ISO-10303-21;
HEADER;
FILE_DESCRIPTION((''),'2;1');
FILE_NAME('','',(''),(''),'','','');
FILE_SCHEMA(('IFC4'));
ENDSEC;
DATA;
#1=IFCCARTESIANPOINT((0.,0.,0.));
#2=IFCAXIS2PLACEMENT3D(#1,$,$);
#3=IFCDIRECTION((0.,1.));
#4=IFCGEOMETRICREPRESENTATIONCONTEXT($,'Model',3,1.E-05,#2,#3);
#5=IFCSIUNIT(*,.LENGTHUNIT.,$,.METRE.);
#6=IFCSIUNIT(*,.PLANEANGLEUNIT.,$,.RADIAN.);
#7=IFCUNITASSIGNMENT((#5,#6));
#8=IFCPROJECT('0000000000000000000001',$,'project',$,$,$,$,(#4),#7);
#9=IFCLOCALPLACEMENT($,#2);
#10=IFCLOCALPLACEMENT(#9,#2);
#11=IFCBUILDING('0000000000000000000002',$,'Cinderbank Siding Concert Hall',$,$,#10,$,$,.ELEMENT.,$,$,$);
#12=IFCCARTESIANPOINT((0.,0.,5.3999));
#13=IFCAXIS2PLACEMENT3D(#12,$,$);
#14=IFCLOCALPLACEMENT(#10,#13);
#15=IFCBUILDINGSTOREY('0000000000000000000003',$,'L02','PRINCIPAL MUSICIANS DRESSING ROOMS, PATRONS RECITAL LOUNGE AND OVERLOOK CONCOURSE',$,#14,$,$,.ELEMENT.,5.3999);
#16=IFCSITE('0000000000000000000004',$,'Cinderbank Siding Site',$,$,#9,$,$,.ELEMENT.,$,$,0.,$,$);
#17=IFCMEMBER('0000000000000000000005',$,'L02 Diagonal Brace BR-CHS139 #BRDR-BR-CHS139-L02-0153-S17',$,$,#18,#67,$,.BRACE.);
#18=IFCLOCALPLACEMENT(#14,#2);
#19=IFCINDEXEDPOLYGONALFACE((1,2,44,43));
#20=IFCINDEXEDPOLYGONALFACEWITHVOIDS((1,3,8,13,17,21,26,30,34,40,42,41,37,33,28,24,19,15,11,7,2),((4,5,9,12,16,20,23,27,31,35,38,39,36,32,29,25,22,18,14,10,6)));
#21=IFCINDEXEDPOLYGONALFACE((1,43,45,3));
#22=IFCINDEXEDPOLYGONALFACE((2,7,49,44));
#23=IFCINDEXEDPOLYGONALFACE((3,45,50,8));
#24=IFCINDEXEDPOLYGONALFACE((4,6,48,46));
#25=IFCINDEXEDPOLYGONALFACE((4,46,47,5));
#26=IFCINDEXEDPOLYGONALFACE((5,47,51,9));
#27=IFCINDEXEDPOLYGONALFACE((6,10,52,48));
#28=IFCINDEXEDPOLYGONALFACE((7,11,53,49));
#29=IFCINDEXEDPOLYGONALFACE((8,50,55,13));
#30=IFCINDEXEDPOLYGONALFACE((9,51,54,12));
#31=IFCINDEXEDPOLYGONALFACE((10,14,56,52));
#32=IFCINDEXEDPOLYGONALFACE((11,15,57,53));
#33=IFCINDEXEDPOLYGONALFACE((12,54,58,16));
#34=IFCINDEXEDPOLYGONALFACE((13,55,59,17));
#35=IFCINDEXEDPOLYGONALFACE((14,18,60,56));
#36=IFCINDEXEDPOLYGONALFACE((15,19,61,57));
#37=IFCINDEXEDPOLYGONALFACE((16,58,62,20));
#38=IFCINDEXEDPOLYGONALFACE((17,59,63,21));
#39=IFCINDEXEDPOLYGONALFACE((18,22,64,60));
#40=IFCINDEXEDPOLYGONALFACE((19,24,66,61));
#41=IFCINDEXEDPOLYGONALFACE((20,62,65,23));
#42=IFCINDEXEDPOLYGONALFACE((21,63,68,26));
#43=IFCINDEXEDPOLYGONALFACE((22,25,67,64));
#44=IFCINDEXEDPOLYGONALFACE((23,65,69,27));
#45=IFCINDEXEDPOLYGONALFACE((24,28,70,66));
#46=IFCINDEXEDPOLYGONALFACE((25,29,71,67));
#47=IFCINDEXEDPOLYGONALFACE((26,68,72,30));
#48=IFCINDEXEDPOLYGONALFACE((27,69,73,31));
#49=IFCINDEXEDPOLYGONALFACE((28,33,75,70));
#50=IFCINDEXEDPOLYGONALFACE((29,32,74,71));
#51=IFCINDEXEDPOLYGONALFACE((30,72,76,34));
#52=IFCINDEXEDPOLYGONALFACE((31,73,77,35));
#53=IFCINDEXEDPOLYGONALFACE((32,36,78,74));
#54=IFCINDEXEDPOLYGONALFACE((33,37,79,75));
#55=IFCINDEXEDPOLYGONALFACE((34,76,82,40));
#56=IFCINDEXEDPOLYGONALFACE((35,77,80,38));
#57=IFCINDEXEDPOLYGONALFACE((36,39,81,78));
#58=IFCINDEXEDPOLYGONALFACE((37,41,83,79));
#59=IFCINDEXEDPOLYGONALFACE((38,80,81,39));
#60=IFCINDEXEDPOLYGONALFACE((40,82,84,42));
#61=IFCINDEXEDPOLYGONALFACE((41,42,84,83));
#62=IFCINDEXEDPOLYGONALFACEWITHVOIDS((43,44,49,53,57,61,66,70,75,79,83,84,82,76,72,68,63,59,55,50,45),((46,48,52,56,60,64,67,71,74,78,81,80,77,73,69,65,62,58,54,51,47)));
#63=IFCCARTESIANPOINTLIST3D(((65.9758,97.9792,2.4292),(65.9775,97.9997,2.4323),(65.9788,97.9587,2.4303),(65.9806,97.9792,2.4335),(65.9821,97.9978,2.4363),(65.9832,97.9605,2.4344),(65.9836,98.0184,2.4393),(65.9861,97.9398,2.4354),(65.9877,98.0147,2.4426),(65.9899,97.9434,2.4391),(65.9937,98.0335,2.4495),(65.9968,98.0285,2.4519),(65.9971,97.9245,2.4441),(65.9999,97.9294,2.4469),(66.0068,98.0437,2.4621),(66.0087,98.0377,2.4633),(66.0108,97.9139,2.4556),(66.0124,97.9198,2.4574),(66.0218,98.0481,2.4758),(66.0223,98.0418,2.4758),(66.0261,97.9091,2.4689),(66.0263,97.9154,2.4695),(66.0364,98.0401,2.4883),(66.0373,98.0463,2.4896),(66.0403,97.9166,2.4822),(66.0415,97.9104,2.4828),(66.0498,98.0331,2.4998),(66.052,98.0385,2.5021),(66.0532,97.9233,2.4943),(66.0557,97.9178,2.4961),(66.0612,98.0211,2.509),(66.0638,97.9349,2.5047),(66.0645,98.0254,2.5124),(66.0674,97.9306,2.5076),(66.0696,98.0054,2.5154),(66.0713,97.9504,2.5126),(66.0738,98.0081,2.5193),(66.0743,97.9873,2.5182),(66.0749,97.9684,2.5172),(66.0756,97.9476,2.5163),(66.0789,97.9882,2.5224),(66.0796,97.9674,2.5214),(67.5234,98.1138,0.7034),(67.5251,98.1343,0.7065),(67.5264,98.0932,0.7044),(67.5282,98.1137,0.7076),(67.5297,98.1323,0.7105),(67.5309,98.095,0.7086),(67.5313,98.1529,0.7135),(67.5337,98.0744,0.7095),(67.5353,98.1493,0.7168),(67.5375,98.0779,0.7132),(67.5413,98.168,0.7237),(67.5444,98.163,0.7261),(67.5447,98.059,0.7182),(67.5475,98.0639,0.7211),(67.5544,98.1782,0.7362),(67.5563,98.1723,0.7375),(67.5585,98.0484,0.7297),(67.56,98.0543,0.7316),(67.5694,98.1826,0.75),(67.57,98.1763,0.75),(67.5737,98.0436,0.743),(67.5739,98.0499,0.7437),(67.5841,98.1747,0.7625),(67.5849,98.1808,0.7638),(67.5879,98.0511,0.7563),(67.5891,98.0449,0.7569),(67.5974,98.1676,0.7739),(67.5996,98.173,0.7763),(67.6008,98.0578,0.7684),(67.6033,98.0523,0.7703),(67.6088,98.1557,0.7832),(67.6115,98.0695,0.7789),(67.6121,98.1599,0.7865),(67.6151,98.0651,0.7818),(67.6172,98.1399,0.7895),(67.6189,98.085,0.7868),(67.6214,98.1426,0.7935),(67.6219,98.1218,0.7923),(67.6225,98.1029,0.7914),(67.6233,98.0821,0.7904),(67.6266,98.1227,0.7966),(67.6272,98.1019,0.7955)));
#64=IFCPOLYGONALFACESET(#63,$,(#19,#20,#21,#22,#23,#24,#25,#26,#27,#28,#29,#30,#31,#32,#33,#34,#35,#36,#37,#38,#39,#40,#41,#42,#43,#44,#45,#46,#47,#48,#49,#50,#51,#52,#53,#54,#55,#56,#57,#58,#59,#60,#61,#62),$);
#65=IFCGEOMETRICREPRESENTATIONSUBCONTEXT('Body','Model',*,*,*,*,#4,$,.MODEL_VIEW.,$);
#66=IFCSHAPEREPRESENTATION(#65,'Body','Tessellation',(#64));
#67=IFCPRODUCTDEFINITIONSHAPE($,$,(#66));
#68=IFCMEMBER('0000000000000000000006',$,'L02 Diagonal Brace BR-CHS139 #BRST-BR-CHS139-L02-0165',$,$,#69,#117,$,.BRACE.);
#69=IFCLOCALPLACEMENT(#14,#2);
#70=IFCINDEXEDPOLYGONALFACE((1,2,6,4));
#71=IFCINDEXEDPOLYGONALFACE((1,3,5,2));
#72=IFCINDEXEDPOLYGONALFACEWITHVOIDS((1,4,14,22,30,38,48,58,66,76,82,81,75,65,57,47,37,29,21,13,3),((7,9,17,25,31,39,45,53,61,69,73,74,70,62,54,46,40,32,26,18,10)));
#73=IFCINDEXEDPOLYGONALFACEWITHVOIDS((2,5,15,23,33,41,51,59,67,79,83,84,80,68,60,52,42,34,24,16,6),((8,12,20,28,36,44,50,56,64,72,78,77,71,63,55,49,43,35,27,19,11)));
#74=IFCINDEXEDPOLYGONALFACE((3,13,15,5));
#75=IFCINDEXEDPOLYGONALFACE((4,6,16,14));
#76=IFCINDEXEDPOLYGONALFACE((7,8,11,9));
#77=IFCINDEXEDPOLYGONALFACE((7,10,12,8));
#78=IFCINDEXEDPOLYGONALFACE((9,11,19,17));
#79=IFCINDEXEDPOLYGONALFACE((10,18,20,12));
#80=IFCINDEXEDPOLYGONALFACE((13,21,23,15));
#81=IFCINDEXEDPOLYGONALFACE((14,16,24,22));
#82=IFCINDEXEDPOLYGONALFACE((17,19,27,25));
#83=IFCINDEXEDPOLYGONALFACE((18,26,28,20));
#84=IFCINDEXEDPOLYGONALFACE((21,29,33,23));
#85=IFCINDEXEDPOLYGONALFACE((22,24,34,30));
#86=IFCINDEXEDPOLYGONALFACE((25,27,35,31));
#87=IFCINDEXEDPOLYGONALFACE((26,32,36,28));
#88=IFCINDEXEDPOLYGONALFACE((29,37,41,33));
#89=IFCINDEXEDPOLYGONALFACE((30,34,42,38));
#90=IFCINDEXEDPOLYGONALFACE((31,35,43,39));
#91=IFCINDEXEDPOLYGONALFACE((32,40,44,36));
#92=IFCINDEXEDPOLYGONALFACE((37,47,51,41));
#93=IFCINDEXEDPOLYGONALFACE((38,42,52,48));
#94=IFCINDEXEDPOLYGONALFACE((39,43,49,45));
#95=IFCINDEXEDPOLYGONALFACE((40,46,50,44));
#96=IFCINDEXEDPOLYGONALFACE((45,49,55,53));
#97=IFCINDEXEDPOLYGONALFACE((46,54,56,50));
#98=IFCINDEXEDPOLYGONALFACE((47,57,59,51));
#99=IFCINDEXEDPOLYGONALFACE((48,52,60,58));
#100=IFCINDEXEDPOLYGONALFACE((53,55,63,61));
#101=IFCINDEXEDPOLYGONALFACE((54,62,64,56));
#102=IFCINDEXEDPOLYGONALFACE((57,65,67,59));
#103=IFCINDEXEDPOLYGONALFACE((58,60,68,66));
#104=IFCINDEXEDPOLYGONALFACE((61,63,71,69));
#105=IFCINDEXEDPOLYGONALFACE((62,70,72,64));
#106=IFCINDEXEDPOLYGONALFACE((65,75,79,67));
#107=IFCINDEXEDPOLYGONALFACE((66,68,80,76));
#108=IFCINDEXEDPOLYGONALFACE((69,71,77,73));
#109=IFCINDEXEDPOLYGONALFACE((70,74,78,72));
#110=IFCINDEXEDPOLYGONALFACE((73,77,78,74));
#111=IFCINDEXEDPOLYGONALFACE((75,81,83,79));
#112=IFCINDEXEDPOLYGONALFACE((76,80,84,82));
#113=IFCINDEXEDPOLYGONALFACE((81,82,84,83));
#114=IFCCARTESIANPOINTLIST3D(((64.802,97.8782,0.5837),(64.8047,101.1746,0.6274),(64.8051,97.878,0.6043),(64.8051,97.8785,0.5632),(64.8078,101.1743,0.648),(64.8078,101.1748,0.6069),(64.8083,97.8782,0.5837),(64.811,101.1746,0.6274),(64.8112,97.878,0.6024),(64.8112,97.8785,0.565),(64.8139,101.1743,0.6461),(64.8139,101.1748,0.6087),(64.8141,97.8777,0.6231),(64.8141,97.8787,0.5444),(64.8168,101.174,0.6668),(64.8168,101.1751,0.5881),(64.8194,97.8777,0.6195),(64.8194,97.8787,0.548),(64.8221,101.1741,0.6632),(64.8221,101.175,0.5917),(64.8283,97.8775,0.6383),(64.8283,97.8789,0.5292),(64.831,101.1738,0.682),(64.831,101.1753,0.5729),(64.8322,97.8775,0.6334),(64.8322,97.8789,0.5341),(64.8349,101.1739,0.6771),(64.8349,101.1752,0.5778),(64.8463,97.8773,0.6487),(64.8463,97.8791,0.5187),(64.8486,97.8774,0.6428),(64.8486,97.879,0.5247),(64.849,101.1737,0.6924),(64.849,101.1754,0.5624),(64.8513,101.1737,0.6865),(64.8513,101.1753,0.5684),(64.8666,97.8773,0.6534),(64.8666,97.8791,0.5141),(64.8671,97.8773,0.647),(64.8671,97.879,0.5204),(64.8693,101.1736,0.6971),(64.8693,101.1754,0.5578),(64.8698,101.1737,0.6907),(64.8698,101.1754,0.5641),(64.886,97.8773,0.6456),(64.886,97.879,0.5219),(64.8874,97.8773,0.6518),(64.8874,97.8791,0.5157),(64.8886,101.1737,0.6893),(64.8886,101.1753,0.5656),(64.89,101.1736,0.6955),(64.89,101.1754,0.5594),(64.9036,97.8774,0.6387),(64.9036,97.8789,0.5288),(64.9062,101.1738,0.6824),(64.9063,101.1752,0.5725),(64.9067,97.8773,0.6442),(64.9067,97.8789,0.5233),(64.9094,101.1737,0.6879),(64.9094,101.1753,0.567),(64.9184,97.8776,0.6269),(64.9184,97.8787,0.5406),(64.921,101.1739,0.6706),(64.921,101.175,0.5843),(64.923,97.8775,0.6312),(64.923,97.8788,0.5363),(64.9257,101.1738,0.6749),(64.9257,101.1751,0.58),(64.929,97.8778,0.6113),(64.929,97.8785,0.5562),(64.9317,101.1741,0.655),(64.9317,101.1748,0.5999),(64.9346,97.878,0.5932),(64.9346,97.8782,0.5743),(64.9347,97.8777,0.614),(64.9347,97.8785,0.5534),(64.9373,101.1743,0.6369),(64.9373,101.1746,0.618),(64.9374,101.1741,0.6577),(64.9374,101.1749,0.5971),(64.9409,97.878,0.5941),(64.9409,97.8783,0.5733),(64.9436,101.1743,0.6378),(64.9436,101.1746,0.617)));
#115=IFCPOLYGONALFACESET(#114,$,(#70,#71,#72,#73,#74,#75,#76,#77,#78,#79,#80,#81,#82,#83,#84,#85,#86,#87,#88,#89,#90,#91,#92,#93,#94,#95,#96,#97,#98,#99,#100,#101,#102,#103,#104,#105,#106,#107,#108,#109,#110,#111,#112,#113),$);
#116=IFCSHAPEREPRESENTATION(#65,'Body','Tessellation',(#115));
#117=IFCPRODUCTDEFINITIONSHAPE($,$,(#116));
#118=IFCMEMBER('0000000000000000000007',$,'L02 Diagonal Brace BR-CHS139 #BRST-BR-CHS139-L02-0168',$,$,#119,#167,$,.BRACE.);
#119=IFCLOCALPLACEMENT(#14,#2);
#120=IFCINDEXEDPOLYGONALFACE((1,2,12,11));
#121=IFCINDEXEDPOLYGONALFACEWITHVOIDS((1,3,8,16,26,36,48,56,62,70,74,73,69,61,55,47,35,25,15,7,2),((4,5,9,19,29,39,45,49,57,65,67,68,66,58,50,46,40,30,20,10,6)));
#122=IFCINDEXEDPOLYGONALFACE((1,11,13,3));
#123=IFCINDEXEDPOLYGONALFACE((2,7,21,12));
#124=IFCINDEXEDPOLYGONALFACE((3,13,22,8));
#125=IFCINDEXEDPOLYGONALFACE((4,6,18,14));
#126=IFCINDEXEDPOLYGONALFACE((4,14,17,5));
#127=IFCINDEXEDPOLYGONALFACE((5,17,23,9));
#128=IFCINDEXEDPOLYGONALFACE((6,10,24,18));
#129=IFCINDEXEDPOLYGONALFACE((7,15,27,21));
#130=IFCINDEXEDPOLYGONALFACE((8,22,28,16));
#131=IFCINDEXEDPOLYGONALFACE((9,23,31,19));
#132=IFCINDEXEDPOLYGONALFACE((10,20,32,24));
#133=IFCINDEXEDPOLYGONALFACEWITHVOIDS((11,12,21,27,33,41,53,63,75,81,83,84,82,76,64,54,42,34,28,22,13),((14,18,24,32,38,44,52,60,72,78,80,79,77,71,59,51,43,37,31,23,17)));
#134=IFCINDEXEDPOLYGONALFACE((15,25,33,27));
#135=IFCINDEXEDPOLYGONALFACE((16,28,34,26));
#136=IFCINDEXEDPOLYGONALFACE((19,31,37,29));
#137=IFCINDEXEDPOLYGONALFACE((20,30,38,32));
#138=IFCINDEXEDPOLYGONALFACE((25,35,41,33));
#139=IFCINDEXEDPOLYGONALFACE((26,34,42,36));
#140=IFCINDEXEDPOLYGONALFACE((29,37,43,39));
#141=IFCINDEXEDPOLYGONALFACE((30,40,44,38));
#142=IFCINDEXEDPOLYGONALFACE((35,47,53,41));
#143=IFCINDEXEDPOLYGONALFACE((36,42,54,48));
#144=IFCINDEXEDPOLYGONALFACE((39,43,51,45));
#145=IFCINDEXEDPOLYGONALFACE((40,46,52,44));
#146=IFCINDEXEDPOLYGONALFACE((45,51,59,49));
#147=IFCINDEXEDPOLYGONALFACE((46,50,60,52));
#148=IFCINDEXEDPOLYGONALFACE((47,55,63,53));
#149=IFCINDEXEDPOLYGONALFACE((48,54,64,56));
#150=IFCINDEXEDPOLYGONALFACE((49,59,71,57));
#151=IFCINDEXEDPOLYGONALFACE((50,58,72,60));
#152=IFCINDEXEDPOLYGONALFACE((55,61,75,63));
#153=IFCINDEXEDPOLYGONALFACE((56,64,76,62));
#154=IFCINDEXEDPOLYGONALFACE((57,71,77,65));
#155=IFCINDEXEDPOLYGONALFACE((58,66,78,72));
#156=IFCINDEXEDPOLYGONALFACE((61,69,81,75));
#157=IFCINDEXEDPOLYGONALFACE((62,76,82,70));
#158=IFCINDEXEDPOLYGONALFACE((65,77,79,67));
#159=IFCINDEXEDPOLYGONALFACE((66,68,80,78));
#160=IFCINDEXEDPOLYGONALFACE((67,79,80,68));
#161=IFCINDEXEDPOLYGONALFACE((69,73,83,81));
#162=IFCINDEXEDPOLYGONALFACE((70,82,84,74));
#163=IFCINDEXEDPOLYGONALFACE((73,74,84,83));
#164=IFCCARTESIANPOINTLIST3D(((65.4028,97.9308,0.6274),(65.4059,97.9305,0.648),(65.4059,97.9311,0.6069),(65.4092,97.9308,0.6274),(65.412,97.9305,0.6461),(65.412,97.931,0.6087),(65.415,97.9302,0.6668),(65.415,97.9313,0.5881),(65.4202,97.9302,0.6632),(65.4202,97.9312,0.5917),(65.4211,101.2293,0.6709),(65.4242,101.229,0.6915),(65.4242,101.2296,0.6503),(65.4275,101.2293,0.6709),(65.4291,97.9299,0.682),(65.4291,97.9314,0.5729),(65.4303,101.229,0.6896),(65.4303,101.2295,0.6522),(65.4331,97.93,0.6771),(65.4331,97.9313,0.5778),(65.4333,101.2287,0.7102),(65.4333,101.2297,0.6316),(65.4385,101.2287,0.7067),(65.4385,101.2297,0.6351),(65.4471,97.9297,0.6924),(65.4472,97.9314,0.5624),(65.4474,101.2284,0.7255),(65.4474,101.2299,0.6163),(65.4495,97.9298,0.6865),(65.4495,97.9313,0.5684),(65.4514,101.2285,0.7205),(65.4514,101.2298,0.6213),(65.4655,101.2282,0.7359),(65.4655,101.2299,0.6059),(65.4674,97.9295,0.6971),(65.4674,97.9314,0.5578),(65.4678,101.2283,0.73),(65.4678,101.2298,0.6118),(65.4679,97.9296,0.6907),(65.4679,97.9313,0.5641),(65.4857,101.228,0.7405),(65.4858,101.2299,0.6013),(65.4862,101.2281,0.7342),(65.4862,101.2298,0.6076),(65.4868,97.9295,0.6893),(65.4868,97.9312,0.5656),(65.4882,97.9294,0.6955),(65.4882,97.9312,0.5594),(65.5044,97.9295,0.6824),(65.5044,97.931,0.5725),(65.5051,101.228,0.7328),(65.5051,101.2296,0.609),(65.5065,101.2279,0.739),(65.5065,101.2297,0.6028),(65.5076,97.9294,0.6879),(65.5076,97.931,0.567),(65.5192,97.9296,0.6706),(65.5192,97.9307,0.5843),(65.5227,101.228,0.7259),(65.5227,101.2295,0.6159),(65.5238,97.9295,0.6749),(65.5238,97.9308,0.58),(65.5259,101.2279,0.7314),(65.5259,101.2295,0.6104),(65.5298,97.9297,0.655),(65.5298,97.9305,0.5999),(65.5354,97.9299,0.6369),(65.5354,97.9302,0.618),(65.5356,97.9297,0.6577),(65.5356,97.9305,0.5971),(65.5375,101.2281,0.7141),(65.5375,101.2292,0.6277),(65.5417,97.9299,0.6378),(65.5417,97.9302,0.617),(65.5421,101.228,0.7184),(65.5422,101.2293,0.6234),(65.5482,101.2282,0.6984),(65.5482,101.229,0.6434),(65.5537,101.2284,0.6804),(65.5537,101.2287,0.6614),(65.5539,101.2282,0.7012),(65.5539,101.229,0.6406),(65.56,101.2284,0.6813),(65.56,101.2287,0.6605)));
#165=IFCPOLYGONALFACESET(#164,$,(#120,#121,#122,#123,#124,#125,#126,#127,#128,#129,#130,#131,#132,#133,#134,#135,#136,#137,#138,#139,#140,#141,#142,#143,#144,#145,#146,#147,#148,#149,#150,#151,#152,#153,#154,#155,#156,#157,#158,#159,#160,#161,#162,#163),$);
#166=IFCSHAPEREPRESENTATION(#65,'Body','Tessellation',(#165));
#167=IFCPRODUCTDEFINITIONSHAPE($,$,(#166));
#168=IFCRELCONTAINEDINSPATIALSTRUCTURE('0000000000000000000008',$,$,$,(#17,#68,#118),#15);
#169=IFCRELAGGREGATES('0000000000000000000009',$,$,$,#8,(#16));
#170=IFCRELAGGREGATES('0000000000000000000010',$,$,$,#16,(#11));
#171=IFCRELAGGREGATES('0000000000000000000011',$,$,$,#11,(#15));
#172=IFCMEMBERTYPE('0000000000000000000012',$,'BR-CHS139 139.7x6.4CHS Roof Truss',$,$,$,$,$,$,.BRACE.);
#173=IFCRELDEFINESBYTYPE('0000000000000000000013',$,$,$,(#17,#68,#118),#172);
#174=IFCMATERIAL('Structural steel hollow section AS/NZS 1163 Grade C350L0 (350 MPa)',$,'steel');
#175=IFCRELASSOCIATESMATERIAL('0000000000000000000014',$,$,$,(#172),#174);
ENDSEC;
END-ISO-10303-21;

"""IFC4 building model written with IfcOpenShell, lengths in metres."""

from ifc_helpers import new_model, si_unit, direction, frame, origin, origin_2d, place, context, subcontext, project, spatial, hollow_circle, extrude, material, material_profile, profile_set, type_object, element, save


model = new_model("IFC4")

# Units and contexts
model_context = context("Model", 3, precision=1e-05, world=origin(), true_north=direction((0.0, 1.0)))
body_context = subcontext(model_context, "Body", "Model", "MODEL_VIEW")
ifc_project = project(units=[si_unit("LENGTHUNIT", "METRE"), si_unit("PLANEANGLEUNIT", "RADIAN")], contexts=[model_context])

# Site, building, storey
site_placement = place(None, origin())
site = spatial("IfcSite", under=ifc_project, at=site_placement, Name="Cinderbank Siding Site", CompositionType="ELEMENT", RefElevation=0.0)
building_placement = place(site_placement, origin())
building = spatial("IfcBuilding", under=site, at=building_placement, Name="Cinderbank Siding Concert Hall", CompositionType="ELEMENT")
storey_placement = place(building_placement, frame((0.0, 0.0, 5.3999)))
storey = spatial("IfcBuildingStorey", under=building, at=storey_placement, Name="L02", Description="PRINCIPAL MUSICIANS DRESSING ROOMS, PATRONS RECITAL LOUNGE AND OVERLOOK CONCOURSE", CompositionType="ELEMENT", Elevation=5.3999)

# Shared definitions
ifc_material_1 = material(Name="Structural steel hollow section AS/NZS 1163 Grade C350L0 (350 MPa)", Category="steel")

# Members
ifc_material_profile_1 = material_profile(ifc_material_1, hollow_circle(Radius=0.0698, WallThickness=0.0063, at=origin_2d()), Name="139.7x6.4CHS", Category="LoadBearing")
ifc_profile_set_1 = profile_set([ifc_material_profile_1], Name="Structural steel hollow section AS/NZS 1163 Grade C350L0 (350 MPa)")
member_type_1 = type_object("IfcMemberType", Name="BR-CHS139 139.7x6.4CHS Roof Truss", PredefinedType="BRACE", material=ifc_profile_set_1)
member_1_placement = place(storey_placement, frame((66.0278, 97.9785, 2.4758), z_axis=(0.666498, 0.057934, -0.743252), x_axis=(-0.086596, 0.996244, 0.0)))
element("IfcMember", 1, at=member_1_placement, inside=storey, type_object=member_type_1, Name="L02 Diagonal Brace BR-CHS139 #BRDR-BR-CHS139-L02-0153-S17", PredefinedType="BRACE", context=body_context, shape_type="SweptSolid", body=[
    extrude(hollow_circle(Radius=0.0698, WallThickness=0.0063, at=origin_2d()), origin(), (0.0, 0.0, 1.0), 2.322),
])
member_2_placement = place(storey_placement, frame((64.8718, 97.8782, 0.5837), z_axis=(0.000815, 0.999912, 0.013256), x_axis=(-1.0, 0.000815, 0.0)))
element("IfcMember", 2, at=member_2_placement, inside=storey, type_object=member_type_1, Name="L02 Diagonal Brace BR-CHS139 #BRST-BR-CHS139-L02-0165", PredefinedType="BRACE", context=body_context, shape_type="SweptSolid", body=[
    extrude(hollow_circle(Radius=0.0698, WallThickness=0.0063, at=origin_2d()), origin(), (0.0, 0.0, 1.0), 3.2966),
])
member_3_placement = place(storey_placement, frame((65.4727, 97.9304, 0.6274), z_axis=(0.00555, 0.999898, 0.013173), x_axis=(-0.999985, 0.005551, 0.0)))
element("IfcMember", 3, at=member_3_placement, inside=storey, type_object=member_type_1, Name="L02 Diagonal Brace BR-CHS139 #BRST-BR-CHS139-L02-0168", PredefinedType="BRACE", context=body_context, shape_type="SweptSolid", body=[
    extrude(hollow_circle(Radius=0.0698, WallThickness=0.0063, at=origin_2d()), origin(), (0.0, 0.0, 1.0), 3.2988),
])

save(model, "model.ifc")
